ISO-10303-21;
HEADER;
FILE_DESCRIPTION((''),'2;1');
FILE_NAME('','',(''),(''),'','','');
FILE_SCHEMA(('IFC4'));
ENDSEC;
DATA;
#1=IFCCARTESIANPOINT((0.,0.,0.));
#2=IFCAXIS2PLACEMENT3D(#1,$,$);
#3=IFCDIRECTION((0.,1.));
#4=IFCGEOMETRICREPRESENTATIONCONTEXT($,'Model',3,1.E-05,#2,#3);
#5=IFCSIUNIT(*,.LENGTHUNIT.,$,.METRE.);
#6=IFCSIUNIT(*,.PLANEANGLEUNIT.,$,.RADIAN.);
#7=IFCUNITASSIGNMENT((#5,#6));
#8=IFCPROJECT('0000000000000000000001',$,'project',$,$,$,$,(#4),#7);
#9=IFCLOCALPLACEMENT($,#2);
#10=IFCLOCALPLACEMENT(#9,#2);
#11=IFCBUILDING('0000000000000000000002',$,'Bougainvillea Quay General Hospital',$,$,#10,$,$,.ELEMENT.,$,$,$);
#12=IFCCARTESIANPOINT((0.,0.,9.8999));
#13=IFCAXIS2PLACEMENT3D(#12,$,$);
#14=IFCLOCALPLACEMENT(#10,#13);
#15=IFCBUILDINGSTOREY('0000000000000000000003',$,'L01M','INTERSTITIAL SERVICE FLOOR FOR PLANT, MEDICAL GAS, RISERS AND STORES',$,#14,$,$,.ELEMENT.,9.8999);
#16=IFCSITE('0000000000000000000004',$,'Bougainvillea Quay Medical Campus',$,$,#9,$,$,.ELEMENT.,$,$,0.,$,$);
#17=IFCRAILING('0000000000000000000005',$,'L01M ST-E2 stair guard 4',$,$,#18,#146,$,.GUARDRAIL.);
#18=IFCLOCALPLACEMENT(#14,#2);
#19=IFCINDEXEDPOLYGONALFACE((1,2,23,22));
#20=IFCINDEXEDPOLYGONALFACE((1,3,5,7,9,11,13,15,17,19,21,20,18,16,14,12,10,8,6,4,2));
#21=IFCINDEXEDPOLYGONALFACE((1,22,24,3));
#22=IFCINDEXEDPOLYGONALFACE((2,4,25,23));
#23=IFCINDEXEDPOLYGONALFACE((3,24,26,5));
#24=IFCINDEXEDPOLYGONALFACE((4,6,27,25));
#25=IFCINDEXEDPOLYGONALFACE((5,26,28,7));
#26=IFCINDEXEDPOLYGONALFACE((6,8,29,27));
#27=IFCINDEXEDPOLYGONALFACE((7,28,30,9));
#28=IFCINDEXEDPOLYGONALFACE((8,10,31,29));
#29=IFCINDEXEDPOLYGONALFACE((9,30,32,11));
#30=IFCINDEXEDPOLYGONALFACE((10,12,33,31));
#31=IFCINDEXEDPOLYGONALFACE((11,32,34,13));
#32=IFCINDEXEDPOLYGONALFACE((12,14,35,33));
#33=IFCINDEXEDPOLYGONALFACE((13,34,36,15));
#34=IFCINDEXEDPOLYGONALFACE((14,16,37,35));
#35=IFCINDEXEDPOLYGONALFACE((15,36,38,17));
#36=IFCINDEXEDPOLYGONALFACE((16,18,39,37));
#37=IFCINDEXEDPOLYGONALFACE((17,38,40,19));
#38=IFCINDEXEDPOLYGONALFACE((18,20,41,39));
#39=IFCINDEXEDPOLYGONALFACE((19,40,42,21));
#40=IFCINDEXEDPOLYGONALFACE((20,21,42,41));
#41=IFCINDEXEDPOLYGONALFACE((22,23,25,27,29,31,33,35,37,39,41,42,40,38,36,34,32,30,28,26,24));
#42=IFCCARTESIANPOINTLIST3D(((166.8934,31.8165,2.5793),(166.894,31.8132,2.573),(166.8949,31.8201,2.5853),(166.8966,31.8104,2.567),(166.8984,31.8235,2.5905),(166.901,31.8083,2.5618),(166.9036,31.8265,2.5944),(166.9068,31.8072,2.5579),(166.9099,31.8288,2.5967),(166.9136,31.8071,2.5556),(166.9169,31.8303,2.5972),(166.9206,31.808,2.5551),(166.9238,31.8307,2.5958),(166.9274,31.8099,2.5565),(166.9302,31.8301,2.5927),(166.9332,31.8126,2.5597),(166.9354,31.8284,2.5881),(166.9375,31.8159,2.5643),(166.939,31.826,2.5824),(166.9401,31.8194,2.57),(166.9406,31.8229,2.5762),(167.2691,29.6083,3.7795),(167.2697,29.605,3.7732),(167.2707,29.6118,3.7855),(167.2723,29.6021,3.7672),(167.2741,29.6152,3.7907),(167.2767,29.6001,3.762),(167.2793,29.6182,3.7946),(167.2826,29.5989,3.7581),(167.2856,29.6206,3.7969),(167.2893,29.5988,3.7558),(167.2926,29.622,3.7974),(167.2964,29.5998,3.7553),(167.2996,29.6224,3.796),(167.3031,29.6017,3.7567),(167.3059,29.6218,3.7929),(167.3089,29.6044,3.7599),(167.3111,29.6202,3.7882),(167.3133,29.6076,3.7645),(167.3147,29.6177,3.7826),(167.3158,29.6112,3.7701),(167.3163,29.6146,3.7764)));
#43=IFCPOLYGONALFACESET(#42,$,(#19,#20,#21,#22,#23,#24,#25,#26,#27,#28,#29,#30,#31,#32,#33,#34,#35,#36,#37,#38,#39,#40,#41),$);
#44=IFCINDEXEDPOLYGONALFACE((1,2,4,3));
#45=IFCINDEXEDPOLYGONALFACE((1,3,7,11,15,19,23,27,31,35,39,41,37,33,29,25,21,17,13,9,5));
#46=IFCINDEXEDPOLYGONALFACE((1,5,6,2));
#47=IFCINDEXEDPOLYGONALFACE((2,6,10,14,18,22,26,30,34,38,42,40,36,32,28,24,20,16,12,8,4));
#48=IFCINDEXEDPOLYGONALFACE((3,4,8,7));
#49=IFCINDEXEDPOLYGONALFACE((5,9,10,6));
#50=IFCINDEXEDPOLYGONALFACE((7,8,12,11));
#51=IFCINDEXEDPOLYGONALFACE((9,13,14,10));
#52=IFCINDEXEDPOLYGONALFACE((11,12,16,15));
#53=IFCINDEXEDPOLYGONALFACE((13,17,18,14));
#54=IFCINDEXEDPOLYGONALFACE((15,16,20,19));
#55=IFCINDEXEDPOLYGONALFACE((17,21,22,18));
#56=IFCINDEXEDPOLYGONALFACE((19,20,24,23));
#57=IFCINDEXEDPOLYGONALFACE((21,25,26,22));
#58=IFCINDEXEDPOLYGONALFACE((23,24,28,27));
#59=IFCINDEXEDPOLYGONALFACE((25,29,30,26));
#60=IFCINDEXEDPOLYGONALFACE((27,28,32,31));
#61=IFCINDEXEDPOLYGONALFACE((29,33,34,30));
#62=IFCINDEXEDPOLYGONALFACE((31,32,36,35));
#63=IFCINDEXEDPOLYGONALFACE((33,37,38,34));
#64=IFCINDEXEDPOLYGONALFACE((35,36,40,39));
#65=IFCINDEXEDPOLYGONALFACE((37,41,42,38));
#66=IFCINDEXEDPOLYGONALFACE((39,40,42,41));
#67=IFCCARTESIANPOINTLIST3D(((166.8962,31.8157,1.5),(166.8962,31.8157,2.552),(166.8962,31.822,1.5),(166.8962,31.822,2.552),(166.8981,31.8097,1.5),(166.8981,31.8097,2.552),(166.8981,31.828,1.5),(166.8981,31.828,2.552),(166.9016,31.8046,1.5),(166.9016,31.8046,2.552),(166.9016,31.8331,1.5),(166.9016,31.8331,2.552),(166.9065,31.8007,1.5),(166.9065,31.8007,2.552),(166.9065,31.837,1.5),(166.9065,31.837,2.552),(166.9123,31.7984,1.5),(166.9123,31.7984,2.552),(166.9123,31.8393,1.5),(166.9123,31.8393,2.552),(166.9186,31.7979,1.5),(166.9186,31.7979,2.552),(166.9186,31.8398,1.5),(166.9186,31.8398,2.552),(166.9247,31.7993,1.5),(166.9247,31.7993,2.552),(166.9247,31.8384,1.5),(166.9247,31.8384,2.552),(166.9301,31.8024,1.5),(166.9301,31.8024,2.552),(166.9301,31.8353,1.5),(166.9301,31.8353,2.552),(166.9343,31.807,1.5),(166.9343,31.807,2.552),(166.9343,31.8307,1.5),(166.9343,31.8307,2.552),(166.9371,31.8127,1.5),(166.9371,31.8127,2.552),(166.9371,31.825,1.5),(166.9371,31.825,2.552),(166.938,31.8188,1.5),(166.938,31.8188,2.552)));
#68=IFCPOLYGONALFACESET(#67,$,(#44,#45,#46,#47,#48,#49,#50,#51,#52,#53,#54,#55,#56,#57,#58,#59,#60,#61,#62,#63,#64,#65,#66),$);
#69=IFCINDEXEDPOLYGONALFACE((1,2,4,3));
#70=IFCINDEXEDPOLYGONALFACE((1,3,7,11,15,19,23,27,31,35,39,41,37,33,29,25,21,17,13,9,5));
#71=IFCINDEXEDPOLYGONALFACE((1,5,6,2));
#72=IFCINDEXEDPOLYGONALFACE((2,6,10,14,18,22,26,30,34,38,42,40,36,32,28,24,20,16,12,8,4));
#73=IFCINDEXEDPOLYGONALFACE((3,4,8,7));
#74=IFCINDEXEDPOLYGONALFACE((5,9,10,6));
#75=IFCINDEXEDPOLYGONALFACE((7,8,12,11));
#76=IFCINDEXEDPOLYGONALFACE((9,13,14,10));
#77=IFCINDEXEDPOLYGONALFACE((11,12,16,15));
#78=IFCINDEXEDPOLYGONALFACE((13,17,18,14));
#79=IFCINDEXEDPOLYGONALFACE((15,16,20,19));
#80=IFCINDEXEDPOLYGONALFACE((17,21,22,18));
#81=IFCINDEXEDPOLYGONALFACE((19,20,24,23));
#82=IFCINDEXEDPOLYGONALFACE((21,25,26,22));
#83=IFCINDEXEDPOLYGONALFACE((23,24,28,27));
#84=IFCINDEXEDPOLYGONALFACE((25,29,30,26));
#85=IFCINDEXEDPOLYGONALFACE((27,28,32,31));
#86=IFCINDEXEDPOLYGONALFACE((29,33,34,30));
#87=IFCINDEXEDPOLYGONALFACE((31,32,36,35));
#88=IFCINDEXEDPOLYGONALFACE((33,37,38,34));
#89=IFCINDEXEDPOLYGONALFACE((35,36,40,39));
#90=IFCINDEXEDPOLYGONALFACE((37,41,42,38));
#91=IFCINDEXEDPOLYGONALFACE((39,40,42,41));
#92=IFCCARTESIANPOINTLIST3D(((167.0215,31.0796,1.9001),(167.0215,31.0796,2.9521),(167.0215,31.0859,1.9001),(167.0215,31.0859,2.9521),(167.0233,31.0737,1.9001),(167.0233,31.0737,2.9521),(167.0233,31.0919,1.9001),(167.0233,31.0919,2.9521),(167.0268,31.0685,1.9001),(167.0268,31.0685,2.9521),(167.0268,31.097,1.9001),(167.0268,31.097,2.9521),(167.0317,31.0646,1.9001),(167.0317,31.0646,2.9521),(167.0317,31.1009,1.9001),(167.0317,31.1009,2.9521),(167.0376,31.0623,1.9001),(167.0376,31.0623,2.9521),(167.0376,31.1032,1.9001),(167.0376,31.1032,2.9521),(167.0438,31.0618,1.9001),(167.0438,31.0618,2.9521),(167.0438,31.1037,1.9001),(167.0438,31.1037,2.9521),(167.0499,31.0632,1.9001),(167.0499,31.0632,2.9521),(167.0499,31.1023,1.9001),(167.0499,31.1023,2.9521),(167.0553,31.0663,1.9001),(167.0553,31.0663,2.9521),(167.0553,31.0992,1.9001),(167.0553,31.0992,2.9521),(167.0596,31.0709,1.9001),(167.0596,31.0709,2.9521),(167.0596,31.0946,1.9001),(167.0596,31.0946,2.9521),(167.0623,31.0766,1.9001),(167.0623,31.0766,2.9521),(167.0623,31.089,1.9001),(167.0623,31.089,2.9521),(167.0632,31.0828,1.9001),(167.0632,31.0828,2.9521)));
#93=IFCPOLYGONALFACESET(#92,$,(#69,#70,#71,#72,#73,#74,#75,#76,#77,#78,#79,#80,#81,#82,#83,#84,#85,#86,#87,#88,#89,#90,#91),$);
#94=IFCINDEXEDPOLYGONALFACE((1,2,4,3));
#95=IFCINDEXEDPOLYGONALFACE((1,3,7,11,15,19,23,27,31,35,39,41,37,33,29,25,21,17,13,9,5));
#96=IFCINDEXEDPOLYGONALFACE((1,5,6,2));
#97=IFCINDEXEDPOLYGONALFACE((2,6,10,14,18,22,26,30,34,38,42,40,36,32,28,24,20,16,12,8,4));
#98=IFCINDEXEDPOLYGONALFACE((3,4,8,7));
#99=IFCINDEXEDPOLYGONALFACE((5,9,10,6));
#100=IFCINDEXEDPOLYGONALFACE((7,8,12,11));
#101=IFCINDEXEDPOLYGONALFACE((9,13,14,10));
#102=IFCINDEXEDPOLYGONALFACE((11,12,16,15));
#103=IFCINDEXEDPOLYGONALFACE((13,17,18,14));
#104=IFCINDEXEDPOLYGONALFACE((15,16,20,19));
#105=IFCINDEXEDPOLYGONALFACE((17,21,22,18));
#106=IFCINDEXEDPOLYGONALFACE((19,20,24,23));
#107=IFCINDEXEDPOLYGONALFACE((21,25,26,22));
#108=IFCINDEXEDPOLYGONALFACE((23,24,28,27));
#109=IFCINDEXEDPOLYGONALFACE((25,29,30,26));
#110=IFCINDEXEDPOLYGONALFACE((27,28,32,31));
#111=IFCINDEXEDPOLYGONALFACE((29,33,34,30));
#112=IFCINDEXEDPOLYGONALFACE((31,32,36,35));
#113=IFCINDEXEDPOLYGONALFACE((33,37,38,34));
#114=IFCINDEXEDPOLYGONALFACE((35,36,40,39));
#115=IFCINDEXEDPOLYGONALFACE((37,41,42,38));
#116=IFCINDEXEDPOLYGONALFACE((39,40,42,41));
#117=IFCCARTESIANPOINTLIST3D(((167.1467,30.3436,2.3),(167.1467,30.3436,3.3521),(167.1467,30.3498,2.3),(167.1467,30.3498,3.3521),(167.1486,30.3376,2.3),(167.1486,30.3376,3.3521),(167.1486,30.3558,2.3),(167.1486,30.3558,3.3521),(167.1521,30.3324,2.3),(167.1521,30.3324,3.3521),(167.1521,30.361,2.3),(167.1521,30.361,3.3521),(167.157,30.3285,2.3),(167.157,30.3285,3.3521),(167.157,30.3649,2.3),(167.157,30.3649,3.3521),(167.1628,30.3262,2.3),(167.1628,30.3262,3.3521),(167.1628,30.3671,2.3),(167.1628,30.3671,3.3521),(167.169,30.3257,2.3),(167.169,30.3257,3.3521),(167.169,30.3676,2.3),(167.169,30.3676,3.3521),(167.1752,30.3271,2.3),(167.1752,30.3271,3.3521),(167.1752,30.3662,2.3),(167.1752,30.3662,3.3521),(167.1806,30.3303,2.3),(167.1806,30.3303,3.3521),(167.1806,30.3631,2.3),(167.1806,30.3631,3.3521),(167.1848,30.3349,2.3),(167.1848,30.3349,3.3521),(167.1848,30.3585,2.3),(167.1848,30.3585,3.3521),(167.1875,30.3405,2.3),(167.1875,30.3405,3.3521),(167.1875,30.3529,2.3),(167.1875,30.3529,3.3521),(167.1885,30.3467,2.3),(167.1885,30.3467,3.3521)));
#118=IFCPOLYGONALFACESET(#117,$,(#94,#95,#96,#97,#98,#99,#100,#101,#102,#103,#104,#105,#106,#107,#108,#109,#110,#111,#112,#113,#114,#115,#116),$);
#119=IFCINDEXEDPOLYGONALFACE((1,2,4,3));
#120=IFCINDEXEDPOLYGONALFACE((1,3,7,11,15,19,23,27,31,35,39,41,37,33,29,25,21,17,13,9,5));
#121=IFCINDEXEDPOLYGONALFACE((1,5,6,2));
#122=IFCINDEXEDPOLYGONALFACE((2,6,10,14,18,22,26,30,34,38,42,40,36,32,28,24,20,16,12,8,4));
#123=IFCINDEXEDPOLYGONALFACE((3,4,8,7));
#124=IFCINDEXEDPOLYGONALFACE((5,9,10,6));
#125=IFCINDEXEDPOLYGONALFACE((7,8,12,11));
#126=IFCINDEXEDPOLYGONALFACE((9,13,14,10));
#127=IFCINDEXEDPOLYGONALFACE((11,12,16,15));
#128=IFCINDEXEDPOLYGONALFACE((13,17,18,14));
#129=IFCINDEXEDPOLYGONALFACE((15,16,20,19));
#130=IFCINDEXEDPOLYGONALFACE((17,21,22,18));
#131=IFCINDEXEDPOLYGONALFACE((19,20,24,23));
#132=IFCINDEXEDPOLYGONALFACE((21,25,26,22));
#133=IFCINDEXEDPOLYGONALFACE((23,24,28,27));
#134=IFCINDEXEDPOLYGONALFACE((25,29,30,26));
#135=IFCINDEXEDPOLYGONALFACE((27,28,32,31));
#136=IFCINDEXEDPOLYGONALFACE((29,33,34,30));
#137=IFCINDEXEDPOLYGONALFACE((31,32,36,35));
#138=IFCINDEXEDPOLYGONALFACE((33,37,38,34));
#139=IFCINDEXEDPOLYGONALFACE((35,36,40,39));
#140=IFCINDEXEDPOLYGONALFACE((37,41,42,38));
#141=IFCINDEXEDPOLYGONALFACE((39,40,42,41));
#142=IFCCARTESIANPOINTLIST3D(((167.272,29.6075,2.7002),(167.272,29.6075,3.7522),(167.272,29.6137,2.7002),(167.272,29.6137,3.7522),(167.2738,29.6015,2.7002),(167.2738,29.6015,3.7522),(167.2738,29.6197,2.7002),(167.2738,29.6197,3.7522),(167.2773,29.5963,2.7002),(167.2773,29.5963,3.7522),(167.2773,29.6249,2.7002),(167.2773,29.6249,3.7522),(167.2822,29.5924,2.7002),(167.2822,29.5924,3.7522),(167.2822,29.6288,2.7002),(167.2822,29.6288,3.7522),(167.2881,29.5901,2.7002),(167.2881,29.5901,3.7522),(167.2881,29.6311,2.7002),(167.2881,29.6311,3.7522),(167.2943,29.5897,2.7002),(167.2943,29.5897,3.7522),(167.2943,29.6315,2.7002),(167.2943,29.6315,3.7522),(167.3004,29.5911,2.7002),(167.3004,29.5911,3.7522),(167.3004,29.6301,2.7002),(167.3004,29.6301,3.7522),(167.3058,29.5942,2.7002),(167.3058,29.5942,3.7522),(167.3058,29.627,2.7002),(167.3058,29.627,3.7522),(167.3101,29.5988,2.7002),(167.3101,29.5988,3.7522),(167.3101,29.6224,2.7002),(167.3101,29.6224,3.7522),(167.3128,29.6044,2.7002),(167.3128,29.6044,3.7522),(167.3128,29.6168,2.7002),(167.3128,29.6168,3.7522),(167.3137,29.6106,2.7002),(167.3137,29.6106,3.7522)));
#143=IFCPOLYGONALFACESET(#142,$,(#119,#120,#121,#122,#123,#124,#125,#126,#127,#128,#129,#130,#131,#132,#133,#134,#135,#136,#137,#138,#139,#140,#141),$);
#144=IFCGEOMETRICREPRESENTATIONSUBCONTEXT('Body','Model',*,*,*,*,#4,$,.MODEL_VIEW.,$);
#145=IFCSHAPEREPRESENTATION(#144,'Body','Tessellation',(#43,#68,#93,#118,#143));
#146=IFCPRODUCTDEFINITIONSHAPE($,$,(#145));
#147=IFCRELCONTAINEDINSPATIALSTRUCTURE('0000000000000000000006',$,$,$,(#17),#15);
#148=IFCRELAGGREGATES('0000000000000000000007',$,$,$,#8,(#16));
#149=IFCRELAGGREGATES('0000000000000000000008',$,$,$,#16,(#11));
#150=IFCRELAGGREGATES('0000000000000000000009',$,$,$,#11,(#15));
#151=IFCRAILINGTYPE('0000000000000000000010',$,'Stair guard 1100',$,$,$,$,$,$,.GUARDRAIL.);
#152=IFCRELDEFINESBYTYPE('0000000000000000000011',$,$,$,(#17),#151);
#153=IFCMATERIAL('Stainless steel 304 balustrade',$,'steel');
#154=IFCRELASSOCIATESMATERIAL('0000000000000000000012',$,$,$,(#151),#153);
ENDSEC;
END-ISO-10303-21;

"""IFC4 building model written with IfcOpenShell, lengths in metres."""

from ifc_helpers import new_model, si_unit, direction, frame, origin, origin_2d, place, context, subcontext, project, spatial, circle, extrude, material, type_object, element, save


model = new_model("IFC4")

# Units and contexts
model_context = context("Model", 3, precision=1e-05, world=origin(), true_north=direction((0.0, 1.0)))
body_context = subcontext(model_context, "Body", "Model", "MODEL_VIEW")
ifc_project = project(units=[si_unit("LENGTHUNIT", "METRE"), si_unit("PLANEANGLEUNIT", "RADIAN")], contexts=[model_context])

# Site, building, storey
site_placement = place(None, origin())
site = spatial("IfcSite", under=ifc_project, at=site_placement, Name="Bougainvillea Quay Medical Campus", CompositionType="ELEMENT", RefElevation=0.0)
building_placement = place(site_placement, origin())
building = spatial("IfcBuilding", under=site, at=building_placement, Name="Bougainvillea Quay General Hospital", CompositionType="ELEMENT")
storey_placement = place(building_placement, frame((0.0, 0.0, 9.8999)))
storey = spatial("IfcBuildingStorey", under=building, at=storey_placement, Name="L01M", Description="INTERSTITIAL SERVICE FLOOR FOR PLANT, MEDICAL GAS, RISERS AND STORES", CompositionType="ELEMENT", Elevation=9.8999)

# Railing
ifc_material_1 = material(Name="Stainless steel 304 balustrade", Category="steel")
railing_type_1 = type_object("IfcRailingType", Name="Stair guard 1100", PredefinedType="GUARDRAIL", material=ifc_material_1)
railing_1_placement = place(storey_placement, frame((166.917, 31.8188, 1.5)))
element("IfcRailing", 1, at=railing_1_placement, inside=storey, type_object=railing_type_1, Name="L01M ST-E2 stair guard 4", PredefinedType="GUARDRAIL", context=body_context, shape_type="SweptSolid", body=[
    extrude(circle(Radius=0.0239, at=origin_2d()), frame((0.0, 0.0, 1.0762), z_axis=(0.147853, -0.868958, 0.472283), x_axis=(0.985832, 0.167738, 0.0)), (0.0, 0.0, 1.0), 2.5413),
    extrude(circle(Radius=0.021, at=origin_2d()), origin(), (0.0, 0.0, 1.0), 1.052),
    extrude(circle(Radius=0.021, at=origin_2d()), frame((0.1252, -0.7361, 0.4001)), (0.0, 0.0, 1.0), 1.052),
    extrude(circle(Radius=0.021, at=origin_2d()), frame((0.2505, -1.4722, 0.8)), (0.0, 0.0, 1.0), 1.052),
    extrude(circle(Radius=0.021, at=origin_2d()), frame((0.3757, -2.2083, 1.2002)), (0.0, 0.0, 1.0), 1.052),
])

save(model, "model.ifc")
